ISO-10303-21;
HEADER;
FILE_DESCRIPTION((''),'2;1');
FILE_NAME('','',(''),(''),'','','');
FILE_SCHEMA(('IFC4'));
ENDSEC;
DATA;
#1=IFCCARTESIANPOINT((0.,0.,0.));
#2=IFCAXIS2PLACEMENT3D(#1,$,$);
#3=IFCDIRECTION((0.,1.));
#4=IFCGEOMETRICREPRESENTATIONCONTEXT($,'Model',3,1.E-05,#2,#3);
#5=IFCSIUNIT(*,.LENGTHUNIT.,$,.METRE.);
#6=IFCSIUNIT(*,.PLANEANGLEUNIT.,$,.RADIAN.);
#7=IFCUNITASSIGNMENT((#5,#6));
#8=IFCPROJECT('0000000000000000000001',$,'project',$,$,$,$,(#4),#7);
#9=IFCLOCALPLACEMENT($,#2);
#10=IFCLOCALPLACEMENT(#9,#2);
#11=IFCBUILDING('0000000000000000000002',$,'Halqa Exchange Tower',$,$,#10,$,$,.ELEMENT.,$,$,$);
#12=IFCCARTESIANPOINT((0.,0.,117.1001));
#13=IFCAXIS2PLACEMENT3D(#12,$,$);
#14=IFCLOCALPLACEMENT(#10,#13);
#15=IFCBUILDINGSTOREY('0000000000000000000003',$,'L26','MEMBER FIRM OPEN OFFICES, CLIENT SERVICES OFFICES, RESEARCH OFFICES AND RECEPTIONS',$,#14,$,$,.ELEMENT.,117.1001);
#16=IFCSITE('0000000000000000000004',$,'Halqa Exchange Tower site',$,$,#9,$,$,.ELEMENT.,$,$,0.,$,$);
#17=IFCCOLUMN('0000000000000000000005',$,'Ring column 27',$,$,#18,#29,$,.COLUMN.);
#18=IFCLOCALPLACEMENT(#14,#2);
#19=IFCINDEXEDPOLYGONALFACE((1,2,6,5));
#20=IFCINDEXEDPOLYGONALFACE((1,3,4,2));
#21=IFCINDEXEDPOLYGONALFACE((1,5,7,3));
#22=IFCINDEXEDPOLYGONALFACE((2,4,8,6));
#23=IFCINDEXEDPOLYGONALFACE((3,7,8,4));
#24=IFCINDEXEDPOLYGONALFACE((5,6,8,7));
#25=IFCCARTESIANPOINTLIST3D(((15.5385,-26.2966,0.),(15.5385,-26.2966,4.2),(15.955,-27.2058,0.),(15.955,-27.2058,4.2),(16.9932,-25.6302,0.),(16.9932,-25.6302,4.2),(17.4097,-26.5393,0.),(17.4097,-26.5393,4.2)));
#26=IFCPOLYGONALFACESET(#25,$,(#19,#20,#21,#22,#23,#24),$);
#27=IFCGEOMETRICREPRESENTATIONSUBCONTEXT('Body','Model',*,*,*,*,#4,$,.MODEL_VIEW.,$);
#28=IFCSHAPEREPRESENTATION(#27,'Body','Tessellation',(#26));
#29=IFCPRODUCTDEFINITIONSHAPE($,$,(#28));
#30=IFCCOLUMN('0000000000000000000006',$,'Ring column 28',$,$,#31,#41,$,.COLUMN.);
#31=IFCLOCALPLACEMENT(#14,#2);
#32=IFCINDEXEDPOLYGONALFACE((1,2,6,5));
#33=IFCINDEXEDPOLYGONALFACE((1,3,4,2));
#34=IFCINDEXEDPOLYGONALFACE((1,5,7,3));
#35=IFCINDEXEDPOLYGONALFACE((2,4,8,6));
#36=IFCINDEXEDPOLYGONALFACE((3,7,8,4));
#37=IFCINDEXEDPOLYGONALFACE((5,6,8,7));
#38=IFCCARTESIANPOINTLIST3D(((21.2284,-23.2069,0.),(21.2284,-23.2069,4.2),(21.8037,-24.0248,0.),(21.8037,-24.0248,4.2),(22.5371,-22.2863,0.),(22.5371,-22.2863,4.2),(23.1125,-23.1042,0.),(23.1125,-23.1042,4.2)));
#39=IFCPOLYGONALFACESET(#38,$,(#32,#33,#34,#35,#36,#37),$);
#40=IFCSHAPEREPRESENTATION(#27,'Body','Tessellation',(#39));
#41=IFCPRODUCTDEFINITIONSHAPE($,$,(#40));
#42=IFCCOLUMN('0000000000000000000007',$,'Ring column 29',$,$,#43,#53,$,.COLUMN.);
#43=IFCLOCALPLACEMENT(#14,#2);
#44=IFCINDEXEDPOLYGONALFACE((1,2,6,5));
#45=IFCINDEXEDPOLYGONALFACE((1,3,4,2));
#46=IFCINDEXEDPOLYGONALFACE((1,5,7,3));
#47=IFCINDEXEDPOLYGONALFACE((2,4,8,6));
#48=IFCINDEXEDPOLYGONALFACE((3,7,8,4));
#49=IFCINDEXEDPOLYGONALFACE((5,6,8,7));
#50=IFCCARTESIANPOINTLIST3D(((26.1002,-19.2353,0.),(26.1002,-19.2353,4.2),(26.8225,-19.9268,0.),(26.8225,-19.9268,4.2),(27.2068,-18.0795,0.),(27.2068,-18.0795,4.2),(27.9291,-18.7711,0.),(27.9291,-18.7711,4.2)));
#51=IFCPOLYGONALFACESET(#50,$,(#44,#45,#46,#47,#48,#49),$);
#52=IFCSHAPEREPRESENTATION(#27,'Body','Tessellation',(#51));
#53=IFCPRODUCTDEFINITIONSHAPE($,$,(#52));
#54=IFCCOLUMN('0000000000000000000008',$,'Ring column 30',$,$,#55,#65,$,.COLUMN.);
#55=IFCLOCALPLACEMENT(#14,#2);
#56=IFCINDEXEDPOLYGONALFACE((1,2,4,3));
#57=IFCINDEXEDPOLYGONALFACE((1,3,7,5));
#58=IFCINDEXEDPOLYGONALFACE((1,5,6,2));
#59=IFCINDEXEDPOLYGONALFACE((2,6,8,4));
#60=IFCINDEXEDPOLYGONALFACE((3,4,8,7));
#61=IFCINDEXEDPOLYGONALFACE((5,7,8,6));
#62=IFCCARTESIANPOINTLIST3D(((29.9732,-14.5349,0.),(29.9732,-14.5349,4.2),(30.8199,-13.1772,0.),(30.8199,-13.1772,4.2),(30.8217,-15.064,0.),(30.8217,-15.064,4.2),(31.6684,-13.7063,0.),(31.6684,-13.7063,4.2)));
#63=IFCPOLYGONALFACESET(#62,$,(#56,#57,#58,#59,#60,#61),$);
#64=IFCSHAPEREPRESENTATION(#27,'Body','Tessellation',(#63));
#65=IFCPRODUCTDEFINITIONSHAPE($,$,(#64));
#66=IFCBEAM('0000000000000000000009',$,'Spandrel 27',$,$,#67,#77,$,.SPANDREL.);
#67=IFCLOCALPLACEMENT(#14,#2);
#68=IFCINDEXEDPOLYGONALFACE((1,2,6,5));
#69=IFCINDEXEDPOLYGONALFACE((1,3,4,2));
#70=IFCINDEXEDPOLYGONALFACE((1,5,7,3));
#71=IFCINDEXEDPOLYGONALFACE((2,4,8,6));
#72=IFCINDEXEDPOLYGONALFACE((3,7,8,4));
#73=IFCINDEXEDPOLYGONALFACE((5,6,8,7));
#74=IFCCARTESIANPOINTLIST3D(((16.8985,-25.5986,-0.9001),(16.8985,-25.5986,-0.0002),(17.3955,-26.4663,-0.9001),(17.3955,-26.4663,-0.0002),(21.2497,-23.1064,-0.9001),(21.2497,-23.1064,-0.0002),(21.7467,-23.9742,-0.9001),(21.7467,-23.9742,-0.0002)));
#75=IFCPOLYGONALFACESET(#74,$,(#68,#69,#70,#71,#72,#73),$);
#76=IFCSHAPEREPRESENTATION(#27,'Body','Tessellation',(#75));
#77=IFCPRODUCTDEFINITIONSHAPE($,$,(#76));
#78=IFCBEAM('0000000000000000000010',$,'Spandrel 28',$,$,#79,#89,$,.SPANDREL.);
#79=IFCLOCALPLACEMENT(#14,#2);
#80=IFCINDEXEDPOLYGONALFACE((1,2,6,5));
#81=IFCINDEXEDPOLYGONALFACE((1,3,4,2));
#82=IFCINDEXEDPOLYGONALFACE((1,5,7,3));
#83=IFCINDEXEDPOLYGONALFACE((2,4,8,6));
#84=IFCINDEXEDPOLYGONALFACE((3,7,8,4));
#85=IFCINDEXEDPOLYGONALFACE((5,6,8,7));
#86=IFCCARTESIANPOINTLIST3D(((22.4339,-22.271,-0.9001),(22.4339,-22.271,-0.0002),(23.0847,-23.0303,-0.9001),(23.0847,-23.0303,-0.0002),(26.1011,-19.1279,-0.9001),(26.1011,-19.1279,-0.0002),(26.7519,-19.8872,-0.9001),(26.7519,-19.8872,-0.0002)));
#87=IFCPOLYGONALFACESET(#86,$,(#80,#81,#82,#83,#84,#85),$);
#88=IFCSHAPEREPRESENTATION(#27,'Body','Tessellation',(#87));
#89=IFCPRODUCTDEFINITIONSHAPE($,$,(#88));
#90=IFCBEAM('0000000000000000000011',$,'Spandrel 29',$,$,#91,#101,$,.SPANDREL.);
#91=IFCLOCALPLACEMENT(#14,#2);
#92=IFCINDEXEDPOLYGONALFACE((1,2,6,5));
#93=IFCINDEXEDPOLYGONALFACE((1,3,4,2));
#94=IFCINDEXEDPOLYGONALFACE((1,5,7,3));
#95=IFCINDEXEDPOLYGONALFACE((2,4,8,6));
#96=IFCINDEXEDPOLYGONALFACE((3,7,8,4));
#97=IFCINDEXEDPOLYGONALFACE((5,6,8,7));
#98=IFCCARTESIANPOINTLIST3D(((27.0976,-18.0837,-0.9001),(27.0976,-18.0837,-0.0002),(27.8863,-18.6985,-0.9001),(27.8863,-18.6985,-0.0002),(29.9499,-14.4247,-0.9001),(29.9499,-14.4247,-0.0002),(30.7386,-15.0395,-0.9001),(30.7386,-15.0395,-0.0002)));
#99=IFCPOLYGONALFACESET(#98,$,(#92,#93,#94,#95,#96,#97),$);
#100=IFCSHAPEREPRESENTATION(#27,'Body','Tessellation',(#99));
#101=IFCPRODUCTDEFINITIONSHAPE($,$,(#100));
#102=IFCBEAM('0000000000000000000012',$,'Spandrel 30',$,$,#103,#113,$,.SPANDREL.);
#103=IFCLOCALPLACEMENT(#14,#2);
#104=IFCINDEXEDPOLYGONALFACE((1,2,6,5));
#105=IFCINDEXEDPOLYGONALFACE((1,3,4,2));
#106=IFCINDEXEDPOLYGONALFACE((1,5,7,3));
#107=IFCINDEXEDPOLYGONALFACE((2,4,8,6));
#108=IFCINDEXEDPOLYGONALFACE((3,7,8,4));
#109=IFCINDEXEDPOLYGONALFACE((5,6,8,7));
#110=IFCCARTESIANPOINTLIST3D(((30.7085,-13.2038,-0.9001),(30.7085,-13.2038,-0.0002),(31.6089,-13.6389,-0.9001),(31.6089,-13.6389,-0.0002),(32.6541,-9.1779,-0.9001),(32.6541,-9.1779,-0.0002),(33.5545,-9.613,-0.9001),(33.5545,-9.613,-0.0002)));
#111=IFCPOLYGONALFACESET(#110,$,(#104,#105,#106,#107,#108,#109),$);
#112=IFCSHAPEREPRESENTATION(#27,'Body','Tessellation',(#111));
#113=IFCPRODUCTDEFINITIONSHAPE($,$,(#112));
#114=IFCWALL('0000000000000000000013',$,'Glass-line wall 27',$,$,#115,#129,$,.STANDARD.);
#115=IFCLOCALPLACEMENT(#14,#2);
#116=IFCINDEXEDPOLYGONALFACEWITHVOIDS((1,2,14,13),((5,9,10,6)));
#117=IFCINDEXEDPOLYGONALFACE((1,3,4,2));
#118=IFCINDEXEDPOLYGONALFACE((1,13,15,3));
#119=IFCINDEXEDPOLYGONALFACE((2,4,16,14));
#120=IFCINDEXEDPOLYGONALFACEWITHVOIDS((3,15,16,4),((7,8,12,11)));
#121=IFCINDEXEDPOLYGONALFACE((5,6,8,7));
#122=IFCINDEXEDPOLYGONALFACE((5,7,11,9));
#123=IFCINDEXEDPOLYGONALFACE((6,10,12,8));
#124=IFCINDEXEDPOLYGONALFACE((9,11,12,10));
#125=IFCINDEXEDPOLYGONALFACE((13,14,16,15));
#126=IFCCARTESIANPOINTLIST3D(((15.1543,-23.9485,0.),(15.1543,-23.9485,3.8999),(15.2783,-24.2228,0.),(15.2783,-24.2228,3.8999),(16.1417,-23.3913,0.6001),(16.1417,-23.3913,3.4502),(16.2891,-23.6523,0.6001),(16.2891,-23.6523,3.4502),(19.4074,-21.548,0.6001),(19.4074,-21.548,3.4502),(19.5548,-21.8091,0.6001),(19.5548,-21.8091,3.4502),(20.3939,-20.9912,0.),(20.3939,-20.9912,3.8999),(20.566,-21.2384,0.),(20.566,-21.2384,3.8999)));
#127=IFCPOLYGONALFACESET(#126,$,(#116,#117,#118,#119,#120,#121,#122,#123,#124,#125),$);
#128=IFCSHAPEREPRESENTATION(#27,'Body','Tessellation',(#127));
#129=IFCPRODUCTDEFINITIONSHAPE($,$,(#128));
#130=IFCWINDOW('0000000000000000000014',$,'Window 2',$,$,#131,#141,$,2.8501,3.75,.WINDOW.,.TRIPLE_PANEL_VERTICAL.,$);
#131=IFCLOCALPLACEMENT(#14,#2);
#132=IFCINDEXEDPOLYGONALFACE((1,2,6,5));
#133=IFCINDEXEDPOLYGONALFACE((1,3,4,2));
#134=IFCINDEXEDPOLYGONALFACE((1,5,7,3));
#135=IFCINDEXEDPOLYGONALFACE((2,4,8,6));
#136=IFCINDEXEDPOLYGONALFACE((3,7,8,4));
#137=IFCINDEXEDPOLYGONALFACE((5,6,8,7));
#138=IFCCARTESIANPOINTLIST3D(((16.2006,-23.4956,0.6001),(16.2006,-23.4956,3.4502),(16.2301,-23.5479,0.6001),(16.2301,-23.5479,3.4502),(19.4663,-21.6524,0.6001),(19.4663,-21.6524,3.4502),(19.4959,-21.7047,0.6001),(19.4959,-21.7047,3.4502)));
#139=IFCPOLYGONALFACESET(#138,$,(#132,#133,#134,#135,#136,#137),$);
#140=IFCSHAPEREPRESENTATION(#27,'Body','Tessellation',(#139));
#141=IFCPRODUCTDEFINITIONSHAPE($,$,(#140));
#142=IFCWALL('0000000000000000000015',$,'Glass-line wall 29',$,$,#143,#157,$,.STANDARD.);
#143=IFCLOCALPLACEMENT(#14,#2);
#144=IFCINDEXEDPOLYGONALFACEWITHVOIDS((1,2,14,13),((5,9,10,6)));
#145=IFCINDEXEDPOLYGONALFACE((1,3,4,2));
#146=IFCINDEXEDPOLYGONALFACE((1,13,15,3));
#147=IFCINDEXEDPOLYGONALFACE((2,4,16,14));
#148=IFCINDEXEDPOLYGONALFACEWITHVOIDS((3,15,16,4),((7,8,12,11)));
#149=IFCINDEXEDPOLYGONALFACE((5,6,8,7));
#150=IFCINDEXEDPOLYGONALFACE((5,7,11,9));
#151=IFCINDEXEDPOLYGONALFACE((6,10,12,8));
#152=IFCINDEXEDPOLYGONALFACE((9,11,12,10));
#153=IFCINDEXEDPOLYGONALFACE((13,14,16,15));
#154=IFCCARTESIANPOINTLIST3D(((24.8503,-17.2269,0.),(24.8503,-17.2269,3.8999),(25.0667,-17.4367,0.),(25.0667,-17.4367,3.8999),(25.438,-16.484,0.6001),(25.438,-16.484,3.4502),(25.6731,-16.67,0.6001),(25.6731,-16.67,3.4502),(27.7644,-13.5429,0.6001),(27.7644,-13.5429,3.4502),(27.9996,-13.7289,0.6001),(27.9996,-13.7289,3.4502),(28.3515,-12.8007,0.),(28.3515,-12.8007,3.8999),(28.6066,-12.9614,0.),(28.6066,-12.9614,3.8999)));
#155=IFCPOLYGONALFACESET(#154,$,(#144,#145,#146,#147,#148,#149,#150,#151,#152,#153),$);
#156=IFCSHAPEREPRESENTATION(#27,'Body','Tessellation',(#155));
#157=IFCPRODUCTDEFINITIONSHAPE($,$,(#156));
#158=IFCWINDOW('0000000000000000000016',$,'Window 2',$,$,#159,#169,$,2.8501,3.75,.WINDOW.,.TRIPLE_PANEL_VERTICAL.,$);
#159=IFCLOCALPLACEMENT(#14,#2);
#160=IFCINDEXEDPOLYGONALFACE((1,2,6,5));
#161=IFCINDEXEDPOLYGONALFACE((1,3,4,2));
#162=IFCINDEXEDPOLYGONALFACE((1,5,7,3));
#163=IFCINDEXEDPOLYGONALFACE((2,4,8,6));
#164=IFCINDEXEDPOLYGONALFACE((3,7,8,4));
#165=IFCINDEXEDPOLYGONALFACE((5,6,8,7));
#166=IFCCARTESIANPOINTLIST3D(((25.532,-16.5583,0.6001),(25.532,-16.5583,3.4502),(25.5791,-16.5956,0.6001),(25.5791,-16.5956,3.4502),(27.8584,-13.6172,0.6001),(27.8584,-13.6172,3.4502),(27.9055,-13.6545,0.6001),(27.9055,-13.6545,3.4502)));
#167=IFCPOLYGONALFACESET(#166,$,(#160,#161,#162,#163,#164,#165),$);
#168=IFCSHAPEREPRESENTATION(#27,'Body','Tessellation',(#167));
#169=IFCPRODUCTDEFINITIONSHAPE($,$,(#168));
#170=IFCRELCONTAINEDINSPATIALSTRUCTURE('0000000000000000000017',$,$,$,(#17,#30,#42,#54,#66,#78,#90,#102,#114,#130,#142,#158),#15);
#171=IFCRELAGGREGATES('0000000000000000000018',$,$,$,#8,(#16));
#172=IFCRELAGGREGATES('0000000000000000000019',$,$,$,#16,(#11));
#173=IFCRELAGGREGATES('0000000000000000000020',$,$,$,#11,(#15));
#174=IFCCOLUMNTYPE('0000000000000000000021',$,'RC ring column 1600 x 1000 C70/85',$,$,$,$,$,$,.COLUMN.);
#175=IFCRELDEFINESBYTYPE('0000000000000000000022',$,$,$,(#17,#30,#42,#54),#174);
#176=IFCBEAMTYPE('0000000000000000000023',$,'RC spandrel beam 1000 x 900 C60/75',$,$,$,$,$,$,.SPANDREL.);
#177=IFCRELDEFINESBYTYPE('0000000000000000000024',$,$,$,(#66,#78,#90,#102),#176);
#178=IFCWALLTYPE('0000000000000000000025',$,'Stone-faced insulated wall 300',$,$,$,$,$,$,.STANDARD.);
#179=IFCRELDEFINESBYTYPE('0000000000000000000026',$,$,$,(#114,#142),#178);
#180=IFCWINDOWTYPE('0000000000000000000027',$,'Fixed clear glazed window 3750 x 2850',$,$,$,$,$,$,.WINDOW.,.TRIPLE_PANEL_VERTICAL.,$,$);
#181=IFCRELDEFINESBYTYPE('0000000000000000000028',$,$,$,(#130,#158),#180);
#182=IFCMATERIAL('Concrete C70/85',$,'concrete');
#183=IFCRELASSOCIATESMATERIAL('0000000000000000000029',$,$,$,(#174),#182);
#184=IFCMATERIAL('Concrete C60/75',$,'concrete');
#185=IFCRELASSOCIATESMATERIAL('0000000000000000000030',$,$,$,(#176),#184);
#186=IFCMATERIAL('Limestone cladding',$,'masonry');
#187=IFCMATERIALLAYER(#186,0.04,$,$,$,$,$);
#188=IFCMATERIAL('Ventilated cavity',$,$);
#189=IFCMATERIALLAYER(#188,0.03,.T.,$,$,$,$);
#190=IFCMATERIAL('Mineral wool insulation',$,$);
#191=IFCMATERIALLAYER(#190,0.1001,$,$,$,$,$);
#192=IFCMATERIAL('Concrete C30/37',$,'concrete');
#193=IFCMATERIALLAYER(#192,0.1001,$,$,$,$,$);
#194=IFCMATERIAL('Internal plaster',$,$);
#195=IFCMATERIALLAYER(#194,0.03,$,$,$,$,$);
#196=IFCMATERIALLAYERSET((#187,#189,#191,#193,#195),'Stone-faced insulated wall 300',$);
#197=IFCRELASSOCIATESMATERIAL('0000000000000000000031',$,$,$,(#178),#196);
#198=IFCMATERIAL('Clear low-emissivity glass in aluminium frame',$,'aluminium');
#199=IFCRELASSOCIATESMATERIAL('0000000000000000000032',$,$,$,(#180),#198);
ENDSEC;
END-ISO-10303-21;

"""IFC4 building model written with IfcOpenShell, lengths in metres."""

from ifc_helpers import new_model, si_unit, direction, frame, frame_2d, origin, origin_2d, place, context, subcontext, project, spatial, polyline, rectangle, outline, extrude, material, layer, layer_set, material_profile, profile_set, type_object, element, fill, save


model = new_model("IFC4")

# Units and contexts
model_context = context("Model", 3, precision=1e-05, world=origin(), true_north=direction((0.0, 1.0)))
body_context = subcontext(model_context, "Body", "Model", "MODEL_VIEW")
ifc_project = project(units=[si_unit("LENGTHUNIT", "METRE"), si_unit("PLANEANGLEUNIT", "RADIAN")], contexts=[model_context])

# Site, building, storey
site_placement = place(None, origin())
site = spatial("IfcSite", under=ifc_project, at=site_placement, Name="Halqa Exchange Tower site", CompositionType="ELEMENT", RefElevation=0.0)
building_placement = place(site_placement, origin())
building = spatial("IfcBuilding", under=site, at=building_placement, Name="Halqa Exchange Tower", CompositionType="ELEMENT")
storey_placement = place(building_placement, frame((0.0, 0.0, 117.1001)))
storey = spatial("IfcBuildingStorey", under=building, at=storey_placement, Name="L26", Description="MEMBER FIRM OPEN OFFICES, CLIENT SERVICES OFFICES, RESEARCH OFFICES AND RECEPTIONS", CompositionType="ELEMENT", Elevation=117.1001)

# Columns
ifc_material_1 = material(Name="Concrete C70/85", Category="concrete")
ifc_material_profile_1 = material_profile(ifc_material_1, rectangle(XDim=1.6001, YDim=1.0, at=origin_2d()), Name="1600 x 1000")
ifc_profile_set_1 = profile_set([ifc_material_profile_1], Name="Concrete C70/85")
column_type = type_object("IfcColumnType", Name="RC ring column 1600 x 1000 C70/85", PredefinedType="COLUMN", material=ifc_profile_set_1)
for number, where, z_axis, x_axis, name in (
    (1, (16.4741, -26.418, 0.0), (0.0, 0.0, 1.0), (0.909127, 0.416519, 0.0), "Ring column 27"),
    (2, (22.1704, -23.1555, 0.0), (0.0, 0.0, 1.0), (0.817907, 0.575351, 0.0), "Ring column 28"),
    (3, (27.0146, -19.0032, 0.0), (0.0, 0.0, 1.0), (0.691574, 0.722306, 0.0), "Ring column 29"),
    (4, (30.8208, -14.1206, 0.0), (0.0, 0.0, 1.0), (0.529142, 0.848533, 0.0), "Ring column 30"),
):
    element("IfcColumn", number, at=place(storey_placement, frame(where, z_axis=z_axis, x_axis=x_axis)), inside=storey, type_object=column_type, Name=name, PredefinedType="COLUMN", context=body_context, shape_type="SweptSolid", body=[
        extrude(rectangle(XDim=1.6001, YDim=1.0, at=origin_2d()), origin(), (0.0, 0.0, 1.0), 4.2),
    ])

# Beams
ifc_material_2 = material(Name="Concrete C60/75", Category="concrete")
ifc_material_profile_2 = material_profile(ifc_material_2, rectangle(XDim=1.0, YDim=0.8999, at=origin_2d()), Name="1000 x 900")
ifc_profile_set_2 = profile_set([ifc_material_profile_2], Name="Concrete C60/75")
beam_type = type_object("IfcBeamType", Name="RC spandrel beam 1000 x 900 C60/75", PredefinedType="SPANDREL", material=ifc_profile_set_2)
beam_1_placement = place(storey_placement, frame((17.147, -26.0325, -0.4502), z_axis=(0.867751, 0.496999, 0.0), x_axis=(-0.496999, 0.867751, 0.0)))
element("IfcBeam", 5, at=beam_1_placement, inside=storey, type_object=beam_type, Name="Spandrel 27", PredefinedType="SPANDREL", context=body_context, shape_type="SweptSolid", body=[
    extrude(rectangle(XDim=1.0, YDim=0.8999, at=origin_2d()), origin(), (0.0, 0.0, 1.0), 5.0144),
])
beam_2_placement = place(storey_placement, frame((22.7593, -22.6506, -0.4502), z_axis=(0.759285, 0.650758, 0.0), x_axis=(-0.650758, 0.759285, 0.0)))
element("IfcBeam", 6, at=beam_2_placement, inside=storey, type_object=beam_type, Name="Spandrel 28", PredefinedType="SPANDREL", context=body_context, shape_type="SweptSolid", body=[
    extrude(rectangle(XDim=1.0, YDim=0.8999, at=origin_2d()), origin(), (0.0, 0.0, 1.0), 4.8298),
])
beam_3_placement = place(storey_placement, frame((27.4919, -18.3911, -0.4502), z_axis=(0.614807, 0.788677, 0.0), x_axis=(-0.788677, 0.614807, 0.0)))
element("IfcBeam", 7, at=beam_3_placement, inside=storey, type_object=beam_type, Name="Spandrel 29", PredefinedType="SPANDREL", context=body_context, shape_type="SweptSolid", body=[
    extrude(rectangle(XDim=1.0, YDim=0.8999, at=origin_2d()), origin(), (0.0, 0.0, 1.0), 4.6394),
])
beam_4_placement = place(storey_placement, frame((31.1587, -13.4214, -0.4502), z_axis=(0.435117, 0.900374, 0.0), x_axis=(-0.900374, 0.435117, 0.0)))
element("IfcBeam", 8, at=beam_4_placement, inside=storey, type_object=beam_type, Name="Spandrel 30", PredefinedType="SPANDREL", context=body_context, shape_type="SweptSolid", body=[
    extrude(rectangle(XDim=1.0, YDim=0.8999, at=origin_2d()), origin(), (0.0, 0.0, 1.0), 4.4714),
])

# Wall, opening, window
ifc_material_3 = material(Name="Limestone cladding", Category="masonry")
ifc_layer_1 = layer(ifc_material_3, 0.04)
ifc_material_4 = material(Name="Ventilated cavity")
ifc_layer_2 = layer(ifc_material_4, 0.03, ventilated=True)
ifc_material_5 = material(Name="Mineral wool insulation")
ifc_layer_3 = layer(ifc_material_5, 0.1001)
ifc_material_6 = material(Name="Concrete C30/37", Category="concrete")
ifc_layer_4 = layer(ifc_material_6, 0.1001)
ifc_material_7 = material(Name="Internal plaster")
ifc_layer_5 = layer(ifc_material_7, 0.03)
ifc_layer_set_1 = layer_set([ifc_layer_1, ifc_layer_2, ifc_layer_3, ifc_layer_4, ifc_layer_5], Name="Stone-faced insulated wall 300")
wall_type_1 = type_object("IfcWallType", Name="Stone-faced insulated wall 300", PredefinedType="STANDARD", material=ifc_layer_set_1)
wall_1_placement = place(storey_placement, frame((15.2163, -24.0857, 0.0), z_axis=(0.0, 0.0, 1.0), x_axis=(0.870858, 0.491534, 0.0)))
wall_1 = element("IfcWall", 9, at=wall_1_placement, inside=storey, type_object=wall_type_1, Name="Glass-line wall 27", PredefinedType="STANDARD", context=body_context, shape_type="SweptSolid", body=[
    extrude(outline(polyline([(-0.0134, -0.1499), (6.0583, -0.1499), (6.03, 0.1499), (0.0134, 0.1499), (-0.0134, -0.1499)])), origin(), (0.0, 0.0, 1.0), 3.8999),
])
opening_1_placement = place(wall_1_placement, frame((1.1472, 0.0, 0.6001)))
opening_1 = element("IfcOpeningElement", 10, at=opening_1_placement, cuts=wall_1, PredefinedType="OPENING", context=body_context, shape_type="SweptSolid", body=[
    extrude(rectangle(XDim=3.75, YDim=2.8501, at=frame_2d((1.875, 1.425))), frame((0.0, 0.1621, 0.0), z_axis=(0.0, -1.0, 0.0), x_axis=(1.0, 0.0, 0.0)), (0.0, 0.0, 1.0), 0.324),
])
ifc_material_8 = material(Name="Clear low-emissivity glass in aluminium frame", Category="aluminium")
window_type = type_object("IfcWindowType", Name="Fixed clear glazed window 3750 x 2850", PartitioningType="TRIPLE_PANEL_VERTICAL", PredefinedType="WINDOW", material=ifc_material_8)
window_1_placement = place(opening_1_placement, origin())
window_1 = element("IfcWindow", 11, at=window_1_placement, inside=storey, type_object=window_type, Name="Window 2", OverallHeight=2.8501, OverallWidth=3.75, PartitioningType="TRIPLE_PANEL_VERTICAL", PredefinedType="WINDOW", context=body_context, shape_type="SweptSolid", body=[
    extrude(rectangle(XDim=3.75, YDim=2.8501, at=frame_2d((1.875, 1.425))), frame((0.0, 0.03, 0.0), z_axis=(0.0, -1.0, 0.0), x_axis=(1.0, 0.0, 0.0)), (0.0, 0.0, 1.0), 0.0601),
])
fill(opening_1, window_1)

# Wall, opening, window
wall_2_placement = place(storey_placement, frame((24.9585, -17.3318, 0.0), z_axis=(0.0, 0.0, 1.0), x_axis=(0.620383, 0.784299, 0.0)))
wall_2 = element("IfcWall", 12, at=wall_2_placement, inside=storey, type_object=wall_type_1, Name="Glass-line wall 29", PredefinedType="STANDARD", context=body_context, shape_type="SweptSolid", body=[
    extrude(outline(polyline([(-0.0151, -0.1499), (5.6909, -0.1499), (5.6587, 0.1499), (0.0151, 0.1499), (-0.0151, -0.1499)])), origin(), (0.0, 0.0, 1.0), 3.8999),
])
opening_2_placement = place(wall_2_placement, frame((0.9624, 0.0, 0.6001)))
opening_2 = element("IfcOpeningElement", 13, at=opening_2_placement, cuts=wall_2, PredefinedType="OPENING", context=body_context, shape_type="SweptSolid", body=[
    extrude(rectangle(XDim=3.75, YDim=2.8501, at=frame_2d((1.875, 1.425))), frame((0.0, 0.1621, 0.0), z_axis=(0.0, -1.0, 0.0), x_axis=(1.0, 0.0, 0.0)), (0.0, 0.0, 1.0), 0.324),
])
window_2_placement = place(opening_2_placement, origin())
window_2 = element("IfcWindow", 14, at=window_2_placement, inside=storey, type_object=window_type, Name="Window 2", OverallHeight=2.8501, OverallWidth=3.75, PartitioningType="TRIPLE_PANEL_VERTICAL", PredefinedType="WINDOW", context=body_context, shape_type="SweptSolid", body=[
    extrude(rectangle(XDim=3.75, YDim=2.8501, at=frame_2d((1.875, 1.425))), frame((0.0, 0.03, 0.0), z_axis=(0.0, -1.0, 0.0), x_axis=(1.0, 0.0, 0.0)), (0.0, 0.0, 1.0), 0.0601),
])
fill(opening_2, window_2)

save(model, "model.ifc")
